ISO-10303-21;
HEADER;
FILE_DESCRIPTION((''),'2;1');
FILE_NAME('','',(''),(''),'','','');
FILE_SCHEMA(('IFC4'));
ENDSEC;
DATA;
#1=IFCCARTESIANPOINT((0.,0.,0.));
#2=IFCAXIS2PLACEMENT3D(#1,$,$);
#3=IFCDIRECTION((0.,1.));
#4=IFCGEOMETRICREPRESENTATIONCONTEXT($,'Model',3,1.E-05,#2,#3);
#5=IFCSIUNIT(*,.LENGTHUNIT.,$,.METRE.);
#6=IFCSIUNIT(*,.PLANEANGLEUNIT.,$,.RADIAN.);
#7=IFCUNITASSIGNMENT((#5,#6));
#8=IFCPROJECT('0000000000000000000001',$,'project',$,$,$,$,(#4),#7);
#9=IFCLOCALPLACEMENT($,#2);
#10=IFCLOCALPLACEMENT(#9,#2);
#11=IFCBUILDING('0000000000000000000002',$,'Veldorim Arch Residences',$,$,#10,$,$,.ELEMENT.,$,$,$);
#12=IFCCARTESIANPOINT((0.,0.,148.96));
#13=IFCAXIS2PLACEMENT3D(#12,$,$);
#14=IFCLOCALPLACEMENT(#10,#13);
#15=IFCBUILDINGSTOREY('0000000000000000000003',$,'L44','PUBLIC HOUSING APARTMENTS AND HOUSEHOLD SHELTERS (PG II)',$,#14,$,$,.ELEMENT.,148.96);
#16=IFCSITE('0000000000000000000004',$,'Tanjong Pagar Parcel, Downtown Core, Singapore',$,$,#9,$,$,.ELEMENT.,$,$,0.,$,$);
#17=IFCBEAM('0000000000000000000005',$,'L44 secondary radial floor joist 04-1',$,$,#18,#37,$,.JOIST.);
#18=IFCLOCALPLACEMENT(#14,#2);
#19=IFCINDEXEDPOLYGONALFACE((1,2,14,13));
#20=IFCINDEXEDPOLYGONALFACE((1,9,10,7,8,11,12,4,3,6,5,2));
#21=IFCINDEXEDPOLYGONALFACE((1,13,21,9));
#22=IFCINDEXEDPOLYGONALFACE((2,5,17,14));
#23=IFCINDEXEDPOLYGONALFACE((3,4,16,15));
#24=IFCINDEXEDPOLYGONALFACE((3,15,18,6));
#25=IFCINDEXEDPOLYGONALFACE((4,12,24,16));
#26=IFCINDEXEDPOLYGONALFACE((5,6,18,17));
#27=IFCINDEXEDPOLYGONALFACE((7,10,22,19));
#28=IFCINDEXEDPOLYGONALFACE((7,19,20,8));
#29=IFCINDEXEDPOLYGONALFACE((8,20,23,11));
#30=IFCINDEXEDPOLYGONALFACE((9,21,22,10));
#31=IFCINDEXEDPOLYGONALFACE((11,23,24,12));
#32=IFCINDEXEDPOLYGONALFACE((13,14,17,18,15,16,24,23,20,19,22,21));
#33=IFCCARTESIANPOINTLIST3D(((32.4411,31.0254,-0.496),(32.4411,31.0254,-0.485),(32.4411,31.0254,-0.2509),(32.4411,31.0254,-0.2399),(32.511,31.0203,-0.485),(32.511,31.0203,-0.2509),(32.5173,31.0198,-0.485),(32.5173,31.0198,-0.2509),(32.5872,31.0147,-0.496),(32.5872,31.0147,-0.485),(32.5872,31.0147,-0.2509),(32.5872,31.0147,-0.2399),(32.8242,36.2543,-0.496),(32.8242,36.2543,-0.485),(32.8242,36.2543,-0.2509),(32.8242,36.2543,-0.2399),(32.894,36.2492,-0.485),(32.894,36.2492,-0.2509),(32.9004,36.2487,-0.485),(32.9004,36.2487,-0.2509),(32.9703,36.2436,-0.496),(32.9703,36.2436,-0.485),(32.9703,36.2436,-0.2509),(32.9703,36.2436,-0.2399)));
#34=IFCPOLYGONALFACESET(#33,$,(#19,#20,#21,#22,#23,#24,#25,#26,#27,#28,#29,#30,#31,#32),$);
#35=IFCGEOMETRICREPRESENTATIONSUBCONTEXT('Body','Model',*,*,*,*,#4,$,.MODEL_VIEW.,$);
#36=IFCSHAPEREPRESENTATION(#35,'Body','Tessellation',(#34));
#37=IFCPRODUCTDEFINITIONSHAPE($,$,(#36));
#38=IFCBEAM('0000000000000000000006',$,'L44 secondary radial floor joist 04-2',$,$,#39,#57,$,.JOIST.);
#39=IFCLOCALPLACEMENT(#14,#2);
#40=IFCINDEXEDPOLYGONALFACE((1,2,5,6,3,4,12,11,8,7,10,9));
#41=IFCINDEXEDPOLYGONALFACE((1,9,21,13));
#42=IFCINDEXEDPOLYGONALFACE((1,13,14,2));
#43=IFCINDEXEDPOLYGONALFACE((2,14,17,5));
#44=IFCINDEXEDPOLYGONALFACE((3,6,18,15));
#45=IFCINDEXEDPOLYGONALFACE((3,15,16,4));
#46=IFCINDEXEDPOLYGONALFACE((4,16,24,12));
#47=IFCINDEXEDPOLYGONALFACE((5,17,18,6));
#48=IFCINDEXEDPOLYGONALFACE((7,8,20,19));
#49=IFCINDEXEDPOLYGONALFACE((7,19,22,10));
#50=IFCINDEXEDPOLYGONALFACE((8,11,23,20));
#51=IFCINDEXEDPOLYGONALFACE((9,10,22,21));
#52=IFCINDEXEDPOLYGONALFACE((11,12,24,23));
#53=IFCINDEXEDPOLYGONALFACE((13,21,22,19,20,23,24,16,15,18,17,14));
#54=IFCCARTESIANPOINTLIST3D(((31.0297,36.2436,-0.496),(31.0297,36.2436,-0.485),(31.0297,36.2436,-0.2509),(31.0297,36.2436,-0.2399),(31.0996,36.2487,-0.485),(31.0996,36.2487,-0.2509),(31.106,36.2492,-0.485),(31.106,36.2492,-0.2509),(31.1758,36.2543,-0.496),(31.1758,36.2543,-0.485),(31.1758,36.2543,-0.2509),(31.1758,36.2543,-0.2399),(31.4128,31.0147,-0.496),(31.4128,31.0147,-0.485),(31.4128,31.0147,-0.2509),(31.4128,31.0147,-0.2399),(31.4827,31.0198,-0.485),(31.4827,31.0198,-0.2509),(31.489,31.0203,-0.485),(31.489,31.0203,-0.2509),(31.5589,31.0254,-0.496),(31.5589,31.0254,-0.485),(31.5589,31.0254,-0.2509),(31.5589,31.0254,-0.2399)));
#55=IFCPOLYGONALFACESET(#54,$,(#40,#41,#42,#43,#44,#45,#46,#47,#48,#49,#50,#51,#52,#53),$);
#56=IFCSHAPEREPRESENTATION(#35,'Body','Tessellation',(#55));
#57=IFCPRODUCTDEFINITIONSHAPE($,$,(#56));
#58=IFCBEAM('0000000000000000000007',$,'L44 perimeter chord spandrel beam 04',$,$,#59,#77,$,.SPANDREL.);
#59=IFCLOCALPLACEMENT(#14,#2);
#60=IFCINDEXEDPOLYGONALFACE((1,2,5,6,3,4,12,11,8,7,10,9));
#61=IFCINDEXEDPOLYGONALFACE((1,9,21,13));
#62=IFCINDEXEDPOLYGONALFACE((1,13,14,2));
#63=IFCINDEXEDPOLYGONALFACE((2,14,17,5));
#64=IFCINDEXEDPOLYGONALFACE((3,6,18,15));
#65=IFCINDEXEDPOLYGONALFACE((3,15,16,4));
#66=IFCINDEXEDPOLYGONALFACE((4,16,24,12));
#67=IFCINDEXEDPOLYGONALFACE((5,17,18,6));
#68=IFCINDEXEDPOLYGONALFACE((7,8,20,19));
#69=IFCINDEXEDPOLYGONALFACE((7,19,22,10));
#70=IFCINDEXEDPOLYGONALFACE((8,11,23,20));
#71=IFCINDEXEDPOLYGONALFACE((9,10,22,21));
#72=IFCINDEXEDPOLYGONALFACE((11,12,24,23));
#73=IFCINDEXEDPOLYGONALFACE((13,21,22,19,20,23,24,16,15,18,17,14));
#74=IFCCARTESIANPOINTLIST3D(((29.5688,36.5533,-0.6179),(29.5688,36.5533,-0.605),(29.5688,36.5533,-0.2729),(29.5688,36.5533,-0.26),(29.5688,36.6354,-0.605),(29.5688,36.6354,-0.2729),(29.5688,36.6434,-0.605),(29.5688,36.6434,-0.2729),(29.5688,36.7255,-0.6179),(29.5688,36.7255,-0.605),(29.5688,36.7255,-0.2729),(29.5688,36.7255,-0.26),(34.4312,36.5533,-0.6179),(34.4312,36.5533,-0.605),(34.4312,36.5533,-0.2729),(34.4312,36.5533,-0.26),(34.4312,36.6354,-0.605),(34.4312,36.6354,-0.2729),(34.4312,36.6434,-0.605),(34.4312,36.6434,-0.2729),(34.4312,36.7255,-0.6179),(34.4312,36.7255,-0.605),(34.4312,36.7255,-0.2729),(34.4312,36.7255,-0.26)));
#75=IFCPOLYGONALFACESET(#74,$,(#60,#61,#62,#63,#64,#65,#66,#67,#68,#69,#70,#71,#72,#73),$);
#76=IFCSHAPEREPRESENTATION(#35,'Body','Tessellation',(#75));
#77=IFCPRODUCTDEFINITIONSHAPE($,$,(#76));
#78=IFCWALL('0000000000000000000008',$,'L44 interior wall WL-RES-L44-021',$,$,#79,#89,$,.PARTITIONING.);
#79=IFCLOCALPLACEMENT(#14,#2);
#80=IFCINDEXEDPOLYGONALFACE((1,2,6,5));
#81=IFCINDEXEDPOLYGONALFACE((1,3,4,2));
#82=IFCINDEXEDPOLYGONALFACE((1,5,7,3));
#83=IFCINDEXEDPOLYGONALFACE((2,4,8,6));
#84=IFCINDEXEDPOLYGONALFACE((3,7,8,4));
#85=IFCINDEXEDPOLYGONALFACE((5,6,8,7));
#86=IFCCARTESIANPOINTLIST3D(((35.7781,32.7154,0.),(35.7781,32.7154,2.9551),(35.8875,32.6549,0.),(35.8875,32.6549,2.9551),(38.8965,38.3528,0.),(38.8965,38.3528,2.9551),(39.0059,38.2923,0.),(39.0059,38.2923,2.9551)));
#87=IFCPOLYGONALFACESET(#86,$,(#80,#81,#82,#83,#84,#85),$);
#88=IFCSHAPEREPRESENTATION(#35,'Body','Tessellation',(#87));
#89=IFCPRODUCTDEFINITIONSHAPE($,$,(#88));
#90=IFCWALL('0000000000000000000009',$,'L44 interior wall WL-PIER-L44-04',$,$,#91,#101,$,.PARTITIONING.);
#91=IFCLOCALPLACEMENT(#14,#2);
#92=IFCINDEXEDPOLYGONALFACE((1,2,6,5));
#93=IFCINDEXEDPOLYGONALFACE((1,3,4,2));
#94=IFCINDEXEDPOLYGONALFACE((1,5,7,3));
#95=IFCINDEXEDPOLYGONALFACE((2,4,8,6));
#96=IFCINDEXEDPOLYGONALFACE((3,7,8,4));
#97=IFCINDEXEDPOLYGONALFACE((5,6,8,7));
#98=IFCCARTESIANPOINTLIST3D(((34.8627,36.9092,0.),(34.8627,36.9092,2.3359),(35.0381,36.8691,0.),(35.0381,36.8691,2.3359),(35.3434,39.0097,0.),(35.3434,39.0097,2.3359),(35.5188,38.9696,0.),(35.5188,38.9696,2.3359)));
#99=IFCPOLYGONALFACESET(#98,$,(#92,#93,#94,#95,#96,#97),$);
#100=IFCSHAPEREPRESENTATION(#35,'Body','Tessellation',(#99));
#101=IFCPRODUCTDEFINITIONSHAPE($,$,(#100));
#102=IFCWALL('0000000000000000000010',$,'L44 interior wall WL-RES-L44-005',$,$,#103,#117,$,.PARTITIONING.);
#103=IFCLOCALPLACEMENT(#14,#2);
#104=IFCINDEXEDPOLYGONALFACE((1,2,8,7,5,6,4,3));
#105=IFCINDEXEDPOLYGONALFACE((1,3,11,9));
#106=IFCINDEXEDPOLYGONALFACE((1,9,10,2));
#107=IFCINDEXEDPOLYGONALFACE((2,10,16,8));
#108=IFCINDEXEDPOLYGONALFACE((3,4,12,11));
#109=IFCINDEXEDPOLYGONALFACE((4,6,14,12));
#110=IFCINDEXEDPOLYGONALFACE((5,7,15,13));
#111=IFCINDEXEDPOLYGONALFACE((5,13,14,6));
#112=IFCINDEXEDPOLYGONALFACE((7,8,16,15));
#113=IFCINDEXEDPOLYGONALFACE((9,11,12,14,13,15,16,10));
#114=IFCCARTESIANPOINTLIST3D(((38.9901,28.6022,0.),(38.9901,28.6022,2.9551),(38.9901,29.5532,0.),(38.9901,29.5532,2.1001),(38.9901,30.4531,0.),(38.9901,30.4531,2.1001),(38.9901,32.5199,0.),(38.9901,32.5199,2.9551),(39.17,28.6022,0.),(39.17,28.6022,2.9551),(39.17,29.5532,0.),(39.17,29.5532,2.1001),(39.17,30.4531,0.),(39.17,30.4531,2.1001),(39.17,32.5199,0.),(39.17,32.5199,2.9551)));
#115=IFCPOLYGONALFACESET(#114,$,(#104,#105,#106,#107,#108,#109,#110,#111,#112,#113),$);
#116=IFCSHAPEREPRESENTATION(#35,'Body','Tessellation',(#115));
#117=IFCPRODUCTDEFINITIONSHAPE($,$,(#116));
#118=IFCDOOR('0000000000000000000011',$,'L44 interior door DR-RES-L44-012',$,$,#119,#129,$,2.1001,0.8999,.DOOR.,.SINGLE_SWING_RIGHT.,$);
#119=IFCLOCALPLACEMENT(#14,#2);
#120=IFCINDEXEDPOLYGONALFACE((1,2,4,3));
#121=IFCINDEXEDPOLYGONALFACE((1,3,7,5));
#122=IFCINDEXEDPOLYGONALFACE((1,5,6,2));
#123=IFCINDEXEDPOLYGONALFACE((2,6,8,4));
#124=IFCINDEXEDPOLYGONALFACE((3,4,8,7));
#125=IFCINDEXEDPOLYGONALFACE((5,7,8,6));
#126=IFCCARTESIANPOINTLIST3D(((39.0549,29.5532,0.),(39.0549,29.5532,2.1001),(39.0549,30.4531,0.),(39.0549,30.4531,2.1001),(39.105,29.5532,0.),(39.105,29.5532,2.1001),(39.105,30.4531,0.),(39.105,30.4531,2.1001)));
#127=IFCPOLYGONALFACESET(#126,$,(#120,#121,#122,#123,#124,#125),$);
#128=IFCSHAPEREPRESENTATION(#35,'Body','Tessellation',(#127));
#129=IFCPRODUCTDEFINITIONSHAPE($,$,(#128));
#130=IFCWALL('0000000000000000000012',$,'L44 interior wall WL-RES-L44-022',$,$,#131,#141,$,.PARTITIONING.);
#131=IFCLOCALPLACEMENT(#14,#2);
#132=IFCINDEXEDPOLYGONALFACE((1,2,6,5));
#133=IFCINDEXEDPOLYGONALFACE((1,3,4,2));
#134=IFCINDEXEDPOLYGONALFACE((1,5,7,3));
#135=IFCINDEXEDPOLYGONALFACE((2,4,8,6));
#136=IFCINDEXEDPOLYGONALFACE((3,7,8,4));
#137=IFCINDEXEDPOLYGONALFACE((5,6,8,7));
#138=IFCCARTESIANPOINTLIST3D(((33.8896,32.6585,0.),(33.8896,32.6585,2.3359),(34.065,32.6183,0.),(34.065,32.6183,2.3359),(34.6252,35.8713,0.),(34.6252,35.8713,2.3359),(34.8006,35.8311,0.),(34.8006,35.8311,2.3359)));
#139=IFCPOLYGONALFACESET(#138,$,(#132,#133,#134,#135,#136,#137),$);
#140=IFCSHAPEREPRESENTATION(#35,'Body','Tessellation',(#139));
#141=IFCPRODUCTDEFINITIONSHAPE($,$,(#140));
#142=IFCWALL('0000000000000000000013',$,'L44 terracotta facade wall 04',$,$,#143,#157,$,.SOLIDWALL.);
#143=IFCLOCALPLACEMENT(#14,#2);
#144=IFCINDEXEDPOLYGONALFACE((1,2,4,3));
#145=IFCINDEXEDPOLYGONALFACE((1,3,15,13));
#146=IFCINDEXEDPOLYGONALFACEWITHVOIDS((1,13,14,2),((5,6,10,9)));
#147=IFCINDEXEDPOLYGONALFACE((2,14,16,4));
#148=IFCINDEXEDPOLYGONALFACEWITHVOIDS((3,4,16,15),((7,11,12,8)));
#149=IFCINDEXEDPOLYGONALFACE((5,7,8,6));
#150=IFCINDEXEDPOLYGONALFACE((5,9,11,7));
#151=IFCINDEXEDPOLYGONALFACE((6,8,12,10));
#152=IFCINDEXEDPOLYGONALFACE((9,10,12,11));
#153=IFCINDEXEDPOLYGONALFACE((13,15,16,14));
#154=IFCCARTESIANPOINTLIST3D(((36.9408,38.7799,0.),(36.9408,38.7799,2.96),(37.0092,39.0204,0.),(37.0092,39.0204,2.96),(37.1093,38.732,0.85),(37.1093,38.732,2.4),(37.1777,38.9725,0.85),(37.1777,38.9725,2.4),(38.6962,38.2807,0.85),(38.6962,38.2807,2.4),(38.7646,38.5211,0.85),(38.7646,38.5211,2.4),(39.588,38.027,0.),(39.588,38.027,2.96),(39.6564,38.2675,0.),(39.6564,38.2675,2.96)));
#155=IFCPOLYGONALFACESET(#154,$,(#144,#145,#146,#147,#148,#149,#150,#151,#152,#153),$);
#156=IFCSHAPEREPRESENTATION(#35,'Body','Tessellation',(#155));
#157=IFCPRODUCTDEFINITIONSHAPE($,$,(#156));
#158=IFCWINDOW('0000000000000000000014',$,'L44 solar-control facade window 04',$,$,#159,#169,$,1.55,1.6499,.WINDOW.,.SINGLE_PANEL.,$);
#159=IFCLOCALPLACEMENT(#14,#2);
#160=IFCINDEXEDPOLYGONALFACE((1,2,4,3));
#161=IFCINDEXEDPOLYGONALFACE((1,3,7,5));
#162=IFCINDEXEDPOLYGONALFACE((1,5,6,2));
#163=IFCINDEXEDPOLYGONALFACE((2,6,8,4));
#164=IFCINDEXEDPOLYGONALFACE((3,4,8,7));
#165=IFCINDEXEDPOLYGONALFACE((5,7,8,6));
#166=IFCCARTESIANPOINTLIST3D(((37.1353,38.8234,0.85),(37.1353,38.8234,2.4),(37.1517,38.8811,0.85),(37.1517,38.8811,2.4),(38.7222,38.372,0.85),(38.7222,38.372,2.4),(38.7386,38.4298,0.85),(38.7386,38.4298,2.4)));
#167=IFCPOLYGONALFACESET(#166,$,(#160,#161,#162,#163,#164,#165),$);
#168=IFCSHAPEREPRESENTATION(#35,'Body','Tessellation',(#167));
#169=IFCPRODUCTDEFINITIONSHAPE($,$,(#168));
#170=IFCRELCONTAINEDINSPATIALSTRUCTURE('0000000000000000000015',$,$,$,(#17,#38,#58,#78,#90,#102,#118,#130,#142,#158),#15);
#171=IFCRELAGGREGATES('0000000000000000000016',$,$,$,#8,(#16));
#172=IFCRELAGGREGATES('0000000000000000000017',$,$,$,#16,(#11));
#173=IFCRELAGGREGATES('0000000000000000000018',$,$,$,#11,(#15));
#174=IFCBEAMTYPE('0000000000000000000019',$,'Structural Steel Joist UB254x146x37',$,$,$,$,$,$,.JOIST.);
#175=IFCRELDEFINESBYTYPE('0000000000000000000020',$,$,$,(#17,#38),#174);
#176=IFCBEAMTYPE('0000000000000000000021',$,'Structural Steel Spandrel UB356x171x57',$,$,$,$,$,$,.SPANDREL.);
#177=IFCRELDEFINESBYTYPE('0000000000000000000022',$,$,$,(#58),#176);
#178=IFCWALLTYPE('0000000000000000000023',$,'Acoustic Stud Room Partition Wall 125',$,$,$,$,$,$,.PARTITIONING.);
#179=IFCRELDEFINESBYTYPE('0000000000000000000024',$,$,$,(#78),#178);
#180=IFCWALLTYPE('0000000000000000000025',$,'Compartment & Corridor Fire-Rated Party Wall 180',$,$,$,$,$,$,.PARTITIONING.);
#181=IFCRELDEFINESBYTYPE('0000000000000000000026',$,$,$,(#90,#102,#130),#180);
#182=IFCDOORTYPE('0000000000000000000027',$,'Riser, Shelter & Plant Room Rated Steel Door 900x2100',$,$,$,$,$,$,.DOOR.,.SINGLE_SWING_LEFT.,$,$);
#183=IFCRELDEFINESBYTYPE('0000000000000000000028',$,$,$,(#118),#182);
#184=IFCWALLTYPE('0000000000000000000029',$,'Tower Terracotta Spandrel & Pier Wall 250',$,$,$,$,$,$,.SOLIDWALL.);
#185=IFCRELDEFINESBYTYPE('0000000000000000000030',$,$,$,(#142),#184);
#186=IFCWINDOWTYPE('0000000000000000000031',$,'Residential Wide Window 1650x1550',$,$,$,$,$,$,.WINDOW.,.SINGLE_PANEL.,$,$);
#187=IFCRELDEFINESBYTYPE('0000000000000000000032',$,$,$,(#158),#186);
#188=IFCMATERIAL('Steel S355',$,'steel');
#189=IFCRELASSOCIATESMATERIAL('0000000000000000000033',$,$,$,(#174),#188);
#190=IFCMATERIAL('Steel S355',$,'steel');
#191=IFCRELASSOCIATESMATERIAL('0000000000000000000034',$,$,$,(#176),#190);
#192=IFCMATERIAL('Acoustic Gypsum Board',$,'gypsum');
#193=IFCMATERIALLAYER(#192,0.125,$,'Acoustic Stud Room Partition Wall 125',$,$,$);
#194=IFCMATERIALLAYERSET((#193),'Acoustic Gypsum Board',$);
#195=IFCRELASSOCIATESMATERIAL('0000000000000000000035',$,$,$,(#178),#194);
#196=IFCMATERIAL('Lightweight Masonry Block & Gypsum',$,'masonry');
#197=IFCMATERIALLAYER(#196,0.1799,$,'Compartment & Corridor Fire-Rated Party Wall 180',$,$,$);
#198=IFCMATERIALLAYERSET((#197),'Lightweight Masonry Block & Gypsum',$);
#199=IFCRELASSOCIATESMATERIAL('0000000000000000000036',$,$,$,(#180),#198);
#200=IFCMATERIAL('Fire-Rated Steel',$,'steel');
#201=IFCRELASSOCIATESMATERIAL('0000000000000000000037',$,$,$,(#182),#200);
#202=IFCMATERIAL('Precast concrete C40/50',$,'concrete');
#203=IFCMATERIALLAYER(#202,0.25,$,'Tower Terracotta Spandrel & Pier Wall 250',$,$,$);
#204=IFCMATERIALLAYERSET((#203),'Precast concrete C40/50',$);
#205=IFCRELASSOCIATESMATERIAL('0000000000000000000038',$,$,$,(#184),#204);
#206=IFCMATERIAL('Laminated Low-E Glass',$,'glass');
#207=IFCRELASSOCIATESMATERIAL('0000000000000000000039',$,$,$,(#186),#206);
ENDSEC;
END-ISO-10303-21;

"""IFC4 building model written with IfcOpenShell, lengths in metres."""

from ifc_helpers import new_model, si_unit, direction, frame, frame_2d, origin, origin_2d, place, context, subcontext, project, spatial, rectangle, i_section, extrude, material, layer, layer_set, material_profile, profile_set, type_object, element, fill, save


model = new_model("IFC4")

# Units and contexts
model_context = context("Model", 3, precision=1e-05, world=origin(), true_north=direction((0.0, 1.0)))
body_context = subcontext(model_context, "Body", "Model", "MODEL_VIEW")
ifc_project = project(units=[si_unit("LENGTHUNIT", "METRE"), si_unit("PLANEANGLEUNIT", "RADIAN")], contexts=[model_context])

# Site, building, storey
site_placement = place(None, origin())
site = spatial("IfcSite", under=ifc_project, at=site_placement, Name="Tanjong Pagar Parcel, Downtown Core, Singapore", CompositionType="ELEMENT", RefElevation=0.0)
building_placement = place(site_placement, origin())
building = spatial("IfcBuilding", under=site, at=building_placement, Name="Veldorim Arch Residences", CompositionType="ELEMENT")
storey_placement = place(building_placement, frame((0.0, 0.0, 148.96)))
storey = spatial("IfcBuildingStorey", under=building, at=storey_placement, Name="L44", Description="PUBLIC HOUSING APARTMENTS AND HOUSEHOLD SHELTERS (PG II)", CompositionType="ELEMENT", Elevation=148.96)

# Beams
ifc_material_1 = material(Name="Steel S355", Category="steel")
ifc_material_profile_1 = material_profile(ifc_material_1, i_section(OverallWidth=0.1465, OverallDepth=0.2561, WebThickness=0.0063, FlangeThickness=0.011, at=origin_2d()), Name="UB254x146x37")
ifc_profile_set_1 = profile_set([ifc_material_profile_1], Name="Steel S355")
beam_type_1 = type_object("IfcBeamType", Name="Structural Steel Joist UB254x146x37", PredefinedType="JOIST", material=ifc_profile_set_1)
for number, where, z_axis, x_axis, name in (
    (1, (32.5142, 31.02, -0.3679), (0.07306, 0.997328, 0.0), (-0.997328, 0.07306, 0.0), "L44 secondary radial floor joist 04-1"),
    (2, (31.4858, 31.02, -0.3679), (-0.07306, 0.997328, 0.0), (-0.997328, -0.07306, 0.0), "L44 secondary radial floor joist 04-2"),
):
    element("IfcBeam", number, at=place(storey_placement, frame(where, z_axis=z_axis, x_axis=x_axis)), inside=storey, type_object=beam_type_1, Name=name, PredefinedType="JOIST", context=body_context, shape_type="SweptSolid", body=[
        extrude(i_section(OverallWidth=0.1465, OverallDepth=0.2561, WebThickness=0.0063, FlangeThickness=0.011, at=origin_2d()), origin(), (0.0, 0.0, 1.0), 5.2429),
    ])
ifc_material_2 = material(Name="Steel S355", Category="steel")
ifc_material_profile_2 = material_profile(ifc_material_2, i_section(OverallWidth=0.1721, OverallDepth=0.3579, WebThickness=0.0081, FlangeThickness=0.0129, at=origin_2d()), Name="UB356x171x57")
ifc_profile_set_2 = profile_set([ifc_material_profile_2], Name="Steel S355")
beam_type_2 = type_object("IfcBeamType", Name="Structural Steel Spandrel UB356x171x57", PredefinedType="SPANDREL", material=ifc_profile_set_2)
beam_1_placement = place(storey_placement, frame((34.4312, 36.6394, -0.439), z_axis=(-1.0, 0.0, 0.0), x_axis=(0.0, -1.0, 0.0)))
element("IfcBeam", 3, at=beam_1_placement, inside=storey, type_object=beam_type_2, Name="L44 perimeter chord spandrel beam 04", PredefinedType="SPANDREL", context=body_context, shape_type="SweptSolid", body=[
    extrude(i_section(OverallWidth=0.1721, OverallDepth=0.3579, WebThickness=0.0081, FlangeThickness=0.0129, at=origin_2d()), origin(), (0.0, 0.0, 1.0), 4.8623),
])

# Walls
ifc_material_3 = material(Name="Acoustic Gypsum Board", Category="gypsum")
ifc_layer_1 = layer(ifc_material_3, 0.125, Name="Acoustic Stud Room Partition Wall 125")
ifc_layer_set_1 = layer_set([ifc_layer_1], Name="Acoustic Gypsum Board")
wall_type_1 = type_object("IfcWallType", Name="Acoustic Stud Room Partition Wall 125", PredefinedType="PARTITIONING", material=ifc_layer_set_1)
wall_1_placement = place(storey_placement, frame((38.9512, 38.3225, 0.0), z_axis=(0.0, 0.0, 1.0), x_axis=(-0.48404, -0.875046, 0.0)))
element("IfcWall", 4, at=wall_1_placement, inside=storey, type_object=wall_type_1, Name="L44 interior wall WL-RES-L44-021", PredefinedType="PARTITIONING", context=body_context, shape_type="SweptSolid", body=[
    extrude(rectangle(XDim=6.4424, YDim=0.125, at=frame_2d((3.2212, 0.0))), origin(), (0.0, 0.0, 1.0), 2.9551),
])
ifc_material_4 = material(Name="Lightweight Masonry Block & Gypsum", Category="masonry")
ifc_layer_2 = layer(ifc_material_4, 0.1799, Name="Compartment & Corridor Fire-Rated Party Wall 180")
ifc_layer_set_2 = layer_set([ifc_layer_2], Name="Lightweight Masonry Block & Gypsum")
wall_type_2 = type_object("IfcWallType", Name="Compartment & Corridor Fire-Rated Party Wall 180", PredefinedType="PARTITIONING", material=ifc_layer_set_2)
wall_2_placement = place(storey_placement, frame((34.9504, 36.8892, 0.0), z_axis=(0.0, 0.0, 1.0), x_axis=(0.22308, 0.9748, 0.0)))
element("IfcWall", 5, at=wall_2_placement, inside=storey, type_object=wall_type_2, Name="L44 interior wall WL-PIER-L44-04", PredefinedType="PARTITIONING", context=body_context, shape_type="SweptSolid", body=[
    extrude(rectangle(XDim=2.1548, YDim=0.1799, at=frame_2d((1.0774, 0.0))), origin(), (0.0, 0.0, 1.0), 2.3359),
])

# Wall, opening, door
wall_3_placement = place(storey_placement, frame((39.0801, 32.52, 0.0), z_axis=(0.0, 0.0, 1.0), x_axis=(0.0, -1.0, 0.0)))
wall_3 = element("IfcWall", 6, at=wall_3_placement, inside=storey, type_object=wall_type_2, Name="L44 interior wall WL-RES-L44-005", PredefinedType="PARTITIONING", context=body_context, shape_type="SweptSolid", body=[
    extrude(rectangle(XDim=3.9177, YDim=0.1799, at=frame_2d((1.959, 0.0))), origin(), (0.0, 0.0, 1.0), 2.9551),
])
opening_1_placement = place(wall_3_placement, frame((2.0669, 0.0, 0.0)))
opening_1 = element("IfcOpeningElement", 7, at=opening_1_placement, cuts=wall_3, PredefinedType="OPENING", context=body_context, shape_type="SweptSolid", body=[
    extrude(rectangle(XDim=0.8999, YDim=2.1001, at=frame_2d((0.45, 1.05))), frame((0.0, 0.0999, 0.0), z_axis=(0.0, -1.0, 0.0), x_axis=(1.0, 0.0, 0.0)), (0.0, 0.0, 1.0), 0.2),
])
ifc_material_5 = material(Name="Fire-Rated Steel", Category="steel")
door_type = type_object("IfcDoorType", Name="Riser, Shelter & Plant Room Rated Steel Door 900x2100", OperationType="SINGLE_SWING_LEFT", PredefinedType="DOOR", material=ifc_material_5)
door_placement = place(opening_1_placement, origin())
door = element("IfcDoor", 8, at=door_placement, inside=storey, type_object=door_type, Name="L44 interior door DR-RES-L44-012", OperationType="SINGLE_SWING_RIGHT", OverallHeight=2.1001, OverallWidth=0.8999, PredefinedType="DOOR", context=body_context, shape_type="SweptSolid", body=[
    extrude(rectangle(XDim=0.8999, YDim=2.1001, at=frame_2d((0.45, 1.05))), frame((0.0, 0.0249, 0.0), z_axis=(0.0, -1.0, 0.0), x_axis=(1.0, 0.0, 0.0)), (0.0, 0.0, 1.0), 0.05),
])
fill(opening_1, door)

# Wall
wall_4_placement = place(storey_placement, frame((33.9773, 32.6384, 0.0), z_axis=(0.0, 0.0, 1.0), x_axis=(0.223193, 0.974774, 0.0)))
element("IfcWall", 9, at=wall_4_placement, inside=storey, type_object=wall_type_2, Name="L44 interior wall WL-RES-L44-022", PredefinedType="PARTITIONING", context=body_context, shape_type="SweptSolid", body=[
    extrude(rectangle(XDim=3.2959, YDim=0.1799, at=frame_2d((1.6479, 0.0))), origin(), (0.0, 0.0, 1.0), 2.3359),
])

# Wall, opening, window
ifc_material_6 = material(Name="Precast concrete C40/50", Category="concrete")
ifc_layer_3 = layer(ifc_material_6, 0.25, Name="Tower Terracotta Spandrel & Pier Wall 250")
ifc_layer_set_3 = layer_set([ifc_layer_3], Name="Precast concrete C40/50")
wall_type_3 = type_object("IfcWallType", Name="Tower Terracotta Spandrel & Pier Wall 250", PredefinedType="SOLIDWALL", material=ifc_layer_set_3)
wall_5_placement = place(storey_placement, frame((36.9751, 38.9001, 0.0), z_axis=(0.0, 0.0, 1.0), x_axis=(0.961851, -0.273573, 0.0)))
wall_5 = element("IfcWall", 10, at=wall_5_placement, inside=storey, type_object=wall_type_3, Name="L44 terracotta facade wall 04", PredefinedType="SOLIDWALL", context=body_context, shape_type="SweptSolid", body=[
    extrude(rectangle(XDim=2.7522, YDim=0.25, at=frame_2d((1.376, 0.0))), origin(), (0.0, 0.0, 1.0), 2.96),
])
opening_2_placement = place(wall_5_placement, frame((0.175, 0.0, 0.8501)))
opening_2 = element("IfcOpeningElement", 11, at=opening_2_placement, cuts=wall_5, PredefinedType="OPENING", context=body_context, shape_type="SweptSolid", body=[
    extrude(rectangle(XDim=1.6499, YDim=1.55, at=frame_2d((0.825, 0.7749))), frame((0.0, 0.135, 0.0), z_axis=(0.0, -1.0, 0.0), x_axis=(1.0, 0.0, 0.0)), (0.0, 0.0, 1.0), 0.27),
])
ifc_material_7 = material(Name="Laminated Low-E Glass", Category="glass")
window_type_1 = type_object("IfcWindowType", Name="Residential Wide Window 1650x1550", PartitioningType="SINGLE_PANEL", PredefinedType="WINDOW", material=ifc_material_7)
window_1_placement = place(opening_2_placement, origin())
window_1 = element("IfcWindow", 12, at=window_1_placement, inside=storey, type_object=window_type_1, Name="L44 solar-control facade window 04", OverallHeight=1.55, OverallWidth=1.6499, PartitioningType="SINGLE_PANEL", PredefinedType="WINDOW", context=body_context, shape_type="SweptSolid", body=[
    extrude(rectangle(XDim=1.6499, YDim=1.55, at=frame_2d((0.825, 0.7749))), frame((0.0, 0.03, 0.0), z_axis=(0.0, -1.0, 0.0), x_axis=(1.0, 0.0, 0.0)), (0.0, 0.0, 1.0), 0.0601),
])
fill(opening_2, window_1)

save(model, "model.ifc")
